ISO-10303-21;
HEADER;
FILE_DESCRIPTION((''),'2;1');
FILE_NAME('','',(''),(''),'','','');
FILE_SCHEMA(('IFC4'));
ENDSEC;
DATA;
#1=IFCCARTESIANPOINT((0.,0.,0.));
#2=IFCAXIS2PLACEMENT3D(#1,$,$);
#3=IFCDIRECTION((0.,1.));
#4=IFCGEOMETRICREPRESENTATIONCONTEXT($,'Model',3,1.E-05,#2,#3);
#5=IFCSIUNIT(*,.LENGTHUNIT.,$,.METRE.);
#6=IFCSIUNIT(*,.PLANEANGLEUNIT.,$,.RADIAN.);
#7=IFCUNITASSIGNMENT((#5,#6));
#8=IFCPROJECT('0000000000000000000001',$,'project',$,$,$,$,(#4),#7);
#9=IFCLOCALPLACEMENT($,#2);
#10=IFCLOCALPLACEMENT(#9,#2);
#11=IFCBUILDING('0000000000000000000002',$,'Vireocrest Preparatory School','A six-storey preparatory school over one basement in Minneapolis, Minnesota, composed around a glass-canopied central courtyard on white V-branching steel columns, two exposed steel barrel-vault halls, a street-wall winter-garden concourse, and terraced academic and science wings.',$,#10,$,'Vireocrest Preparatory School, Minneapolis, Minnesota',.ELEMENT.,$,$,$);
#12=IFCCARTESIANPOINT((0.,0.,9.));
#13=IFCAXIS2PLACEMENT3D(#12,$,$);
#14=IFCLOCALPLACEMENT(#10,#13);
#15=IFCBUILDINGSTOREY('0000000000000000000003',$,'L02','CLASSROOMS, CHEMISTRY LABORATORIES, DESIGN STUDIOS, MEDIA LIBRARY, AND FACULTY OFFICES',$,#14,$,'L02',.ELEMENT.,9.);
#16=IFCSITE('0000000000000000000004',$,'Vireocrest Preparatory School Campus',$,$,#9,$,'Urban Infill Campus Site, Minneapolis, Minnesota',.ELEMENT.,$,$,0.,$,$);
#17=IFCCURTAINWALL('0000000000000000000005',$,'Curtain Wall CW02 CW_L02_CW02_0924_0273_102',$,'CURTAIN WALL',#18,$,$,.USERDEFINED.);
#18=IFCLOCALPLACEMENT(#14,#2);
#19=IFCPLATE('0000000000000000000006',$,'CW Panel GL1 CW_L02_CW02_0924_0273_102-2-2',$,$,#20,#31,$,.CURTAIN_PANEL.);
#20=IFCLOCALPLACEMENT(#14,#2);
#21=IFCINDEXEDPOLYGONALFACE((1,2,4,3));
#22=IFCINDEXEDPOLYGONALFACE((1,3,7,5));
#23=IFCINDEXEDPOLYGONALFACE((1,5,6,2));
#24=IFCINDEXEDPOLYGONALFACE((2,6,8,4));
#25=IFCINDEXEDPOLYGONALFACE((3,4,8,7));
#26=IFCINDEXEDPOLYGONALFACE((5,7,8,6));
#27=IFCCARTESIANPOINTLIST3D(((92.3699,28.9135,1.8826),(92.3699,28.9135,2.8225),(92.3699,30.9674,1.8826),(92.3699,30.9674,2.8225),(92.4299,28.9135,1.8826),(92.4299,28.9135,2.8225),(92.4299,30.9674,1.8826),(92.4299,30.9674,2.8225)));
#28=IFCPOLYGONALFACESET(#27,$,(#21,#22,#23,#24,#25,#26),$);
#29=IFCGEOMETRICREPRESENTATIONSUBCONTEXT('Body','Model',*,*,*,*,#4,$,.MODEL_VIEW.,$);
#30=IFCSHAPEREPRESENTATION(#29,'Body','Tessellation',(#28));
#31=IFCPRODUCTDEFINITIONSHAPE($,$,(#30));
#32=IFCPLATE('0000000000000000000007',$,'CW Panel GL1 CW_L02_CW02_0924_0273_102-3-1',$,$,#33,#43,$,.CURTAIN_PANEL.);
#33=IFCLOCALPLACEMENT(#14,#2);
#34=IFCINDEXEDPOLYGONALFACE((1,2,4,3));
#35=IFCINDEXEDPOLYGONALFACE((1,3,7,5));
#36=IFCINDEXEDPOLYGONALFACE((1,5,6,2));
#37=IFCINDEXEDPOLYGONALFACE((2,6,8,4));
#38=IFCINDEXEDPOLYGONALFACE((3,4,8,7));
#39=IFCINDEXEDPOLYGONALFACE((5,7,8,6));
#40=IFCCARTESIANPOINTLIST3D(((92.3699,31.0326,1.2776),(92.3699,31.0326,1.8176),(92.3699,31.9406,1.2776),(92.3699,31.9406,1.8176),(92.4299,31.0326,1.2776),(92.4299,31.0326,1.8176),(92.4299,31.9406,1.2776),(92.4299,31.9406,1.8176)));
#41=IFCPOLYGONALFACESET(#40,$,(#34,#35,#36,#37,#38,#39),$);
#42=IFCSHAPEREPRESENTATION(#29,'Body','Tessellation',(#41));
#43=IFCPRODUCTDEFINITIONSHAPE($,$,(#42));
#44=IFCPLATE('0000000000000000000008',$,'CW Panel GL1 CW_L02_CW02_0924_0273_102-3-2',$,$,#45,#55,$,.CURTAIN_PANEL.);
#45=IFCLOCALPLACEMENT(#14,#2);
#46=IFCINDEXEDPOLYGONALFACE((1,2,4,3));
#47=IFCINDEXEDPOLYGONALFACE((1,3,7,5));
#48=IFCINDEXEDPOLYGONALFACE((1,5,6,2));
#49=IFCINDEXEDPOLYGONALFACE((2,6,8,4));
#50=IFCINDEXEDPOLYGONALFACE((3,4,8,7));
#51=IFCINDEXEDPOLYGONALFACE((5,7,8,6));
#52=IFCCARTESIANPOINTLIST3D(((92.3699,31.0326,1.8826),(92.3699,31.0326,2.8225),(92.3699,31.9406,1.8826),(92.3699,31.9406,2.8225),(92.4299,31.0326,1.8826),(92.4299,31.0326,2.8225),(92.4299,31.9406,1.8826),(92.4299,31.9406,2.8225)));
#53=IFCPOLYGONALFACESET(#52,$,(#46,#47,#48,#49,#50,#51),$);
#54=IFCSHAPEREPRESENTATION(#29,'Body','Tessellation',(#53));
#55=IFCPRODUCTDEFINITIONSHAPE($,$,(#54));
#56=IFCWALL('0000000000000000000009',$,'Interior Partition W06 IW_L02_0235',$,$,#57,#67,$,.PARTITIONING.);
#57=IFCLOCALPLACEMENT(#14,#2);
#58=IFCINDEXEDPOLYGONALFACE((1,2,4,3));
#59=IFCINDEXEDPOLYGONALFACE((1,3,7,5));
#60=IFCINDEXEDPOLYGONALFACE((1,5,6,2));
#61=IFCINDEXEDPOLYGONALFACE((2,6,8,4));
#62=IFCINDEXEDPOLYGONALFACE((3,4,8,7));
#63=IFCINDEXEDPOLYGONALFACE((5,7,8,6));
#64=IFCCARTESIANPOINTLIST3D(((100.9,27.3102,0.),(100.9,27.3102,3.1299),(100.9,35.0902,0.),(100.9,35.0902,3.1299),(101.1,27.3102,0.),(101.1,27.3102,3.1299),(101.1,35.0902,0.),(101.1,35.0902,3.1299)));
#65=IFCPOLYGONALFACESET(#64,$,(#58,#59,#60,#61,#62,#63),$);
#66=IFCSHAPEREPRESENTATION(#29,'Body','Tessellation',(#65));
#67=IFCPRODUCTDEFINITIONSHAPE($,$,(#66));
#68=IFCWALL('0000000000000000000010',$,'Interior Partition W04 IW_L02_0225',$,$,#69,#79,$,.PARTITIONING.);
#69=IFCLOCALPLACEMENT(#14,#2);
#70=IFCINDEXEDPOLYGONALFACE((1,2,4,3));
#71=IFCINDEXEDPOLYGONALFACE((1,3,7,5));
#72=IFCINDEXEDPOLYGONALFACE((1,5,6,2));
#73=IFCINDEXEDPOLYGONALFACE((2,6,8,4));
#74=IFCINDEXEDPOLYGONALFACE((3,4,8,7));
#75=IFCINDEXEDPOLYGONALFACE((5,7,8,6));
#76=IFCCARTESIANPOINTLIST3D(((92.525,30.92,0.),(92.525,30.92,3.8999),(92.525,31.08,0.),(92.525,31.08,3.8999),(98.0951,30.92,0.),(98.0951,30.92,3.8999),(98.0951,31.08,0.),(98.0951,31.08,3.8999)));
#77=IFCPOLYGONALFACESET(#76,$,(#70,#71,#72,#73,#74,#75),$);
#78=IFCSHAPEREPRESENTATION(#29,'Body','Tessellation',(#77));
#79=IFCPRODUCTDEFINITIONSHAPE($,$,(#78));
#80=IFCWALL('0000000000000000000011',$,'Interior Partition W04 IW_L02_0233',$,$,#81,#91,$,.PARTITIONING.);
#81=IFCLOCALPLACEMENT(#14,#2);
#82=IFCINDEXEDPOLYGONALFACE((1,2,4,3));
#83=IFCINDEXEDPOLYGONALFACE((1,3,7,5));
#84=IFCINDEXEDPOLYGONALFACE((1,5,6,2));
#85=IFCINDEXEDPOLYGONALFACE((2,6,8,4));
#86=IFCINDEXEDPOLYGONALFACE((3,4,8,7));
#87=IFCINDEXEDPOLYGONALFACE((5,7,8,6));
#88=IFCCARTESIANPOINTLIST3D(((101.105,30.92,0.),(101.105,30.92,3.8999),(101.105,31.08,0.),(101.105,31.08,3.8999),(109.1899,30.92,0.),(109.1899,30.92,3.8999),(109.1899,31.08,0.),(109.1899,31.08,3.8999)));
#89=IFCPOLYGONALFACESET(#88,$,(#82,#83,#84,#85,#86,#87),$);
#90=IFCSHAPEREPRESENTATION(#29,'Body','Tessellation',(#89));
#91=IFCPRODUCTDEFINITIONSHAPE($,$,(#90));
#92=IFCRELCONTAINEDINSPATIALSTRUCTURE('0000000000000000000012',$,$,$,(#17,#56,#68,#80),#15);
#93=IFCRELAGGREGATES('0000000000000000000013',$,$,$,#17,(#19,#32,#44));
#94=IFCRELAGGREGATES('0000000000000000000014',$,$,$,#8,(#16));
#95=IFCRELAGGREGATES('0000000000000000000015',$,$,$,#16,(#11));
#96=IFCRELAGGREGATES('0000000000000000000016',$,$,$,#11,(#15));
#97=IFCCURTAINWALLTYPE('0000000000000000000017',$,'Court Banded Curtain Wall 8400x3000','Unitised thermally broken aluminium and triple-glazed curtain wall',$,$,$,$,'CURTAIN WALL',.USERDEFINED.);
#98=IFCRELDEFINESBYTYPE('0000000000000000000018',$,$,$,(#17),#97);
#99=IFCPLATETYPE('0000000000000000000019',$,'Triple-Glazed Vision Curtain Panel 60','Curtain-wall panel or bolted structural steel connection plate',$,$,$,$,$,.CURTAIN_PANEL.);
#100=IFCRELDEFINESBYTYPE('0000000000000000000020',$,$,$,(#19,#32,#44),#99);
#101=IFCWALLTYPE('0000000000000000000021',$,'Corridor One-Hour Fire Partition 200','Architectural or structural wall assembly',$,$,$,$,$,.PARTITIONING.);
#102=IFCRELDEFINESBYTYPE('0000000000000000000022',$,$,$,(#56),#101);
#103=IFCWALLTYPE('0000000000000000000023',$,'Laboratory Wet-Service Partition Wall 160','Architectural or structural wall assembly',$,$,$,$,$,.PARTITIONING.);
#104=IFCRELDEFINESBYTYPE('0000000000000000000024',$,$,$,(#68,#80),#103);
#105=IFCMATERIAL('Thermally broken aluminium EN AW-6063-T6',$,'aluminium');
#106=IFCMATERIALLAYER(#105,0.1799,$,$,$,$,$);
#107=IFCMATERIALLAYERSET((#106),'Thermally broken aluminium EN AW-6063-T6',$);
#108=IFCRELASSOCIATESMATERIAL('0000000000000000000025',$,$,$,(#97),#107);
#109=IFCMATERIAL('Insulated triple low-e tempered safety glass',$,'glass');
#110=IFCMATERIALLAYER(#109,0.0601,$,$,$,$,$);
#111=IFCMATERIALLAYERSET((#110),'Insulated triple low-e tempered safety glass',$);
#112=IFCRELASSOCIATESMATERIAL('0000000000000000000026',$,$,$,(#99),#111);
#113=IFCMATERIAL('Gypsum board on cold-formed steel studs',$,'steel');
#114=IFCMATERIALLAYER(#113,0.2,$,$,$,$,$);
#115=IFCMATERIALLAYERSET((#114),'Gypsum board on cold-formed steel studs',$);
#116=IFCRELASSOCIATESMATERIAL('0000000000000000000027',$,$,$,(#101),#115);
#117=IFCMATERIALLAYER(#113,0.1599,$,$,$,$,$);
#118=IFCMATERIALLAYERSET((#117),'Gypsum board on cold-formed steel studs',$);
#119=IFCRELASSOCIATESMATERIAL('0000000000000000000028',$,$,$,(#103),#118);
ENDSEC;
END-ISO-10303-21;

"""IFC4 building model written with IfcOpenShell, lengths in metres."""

from ifc_helpers import new_model, si_unit, direction, frame, frame_2d, origin, origin_2d, place, context, subcontext, project, spatial, rectangle, extrude, material, layer, layer_set, type_object, element, aggregate, save


model = new_model("IFC4")

# Units and contexts
model_context = context("Model", 3, precision=1e-05, world=origin(), true_north=direction((0.0, 1.0)))
body_context = subcontext(model_context, "Body", "Model", "MODEL_VIEW")
ifc_project = project(units=[si_unit("LENGTHUNIT", "METRE"), si_unit("PLANEANGLEUNIT", "RADIAN")], contexts=[model_context])

# Site, building, storey
site_placement = place(None, origin())
site = spatial("IfcSite", under=ifc_project, at=site_placement, Name="Vireocrest Preparatory School Campus", LongName="Urban Infill Campus Site, Minneapolis, Minnesota", CompositionType="ELEMENT", RefElevation=0.0)
building_placement = place(site_placement, origin())
building = spatial("IfcBuilding", under=site, at=building_placement, Name="Vireocrest Preparatory School", Description="A six-storey preparatory school over one basement in Minneapolis, Minnesota, composed around a glass-canopied central courtyard on white V-branching steel columns, two exposed steel barrel-vault halls, a street-wall winter-garden concourse, and terraced academic and science wings.", LongName="Vireocrest Preparatory School, Minneapolis, Minnesota", CompositionType="ELEMENT")
storey_placement = place(building_placement, frame((0.0, 0.0, 9.0)))
storey = spatial("IfcBuildingStorey", under=building, at=storey_placement, Name="L02", Description="CLASSROOMS, CHEMISTRY LABORATORIES, DESIGN STUDIOS, MEDIA LIBRARY, AND FACULTY OFFICES", LongName="L02", CompositionType="ELEMENT", Elevation=9.0)

# Curtain wall
ifc_material_1 = material(Name="Thermally broken aluminium EN AW-6063-T6", Category="aluminium")
ifc_layer_1 = layer(ifc_material_1, 0.1799)
ifc_layer_set_1 = layer_set([ifc_layer_1], Name="Thermally broken aluminium EN AW-6063-T6")
curtain_wall_type = type_object("IfcCurtainWallType", Name="Court Banded Curtain Wall 8400x3000", Description="Unitised thermally broken aluminium and triple-glazed curtain wall", ElementType="CURTAIN WALL", PredefinedType="USERDEFINED", material=ifc_layer_set_1)
curtain_wall_placement = place(storey_placement, origin())
curtain_wall = element("IfcCurtainWall", 1, at=curtain_wall_placement, inside=storey, type_object=curtain_wall_type, Name="Curtain Wall CW02 CW_L02_CW02_0924_0273_102", ObjectType="CURTAIN WALL", PredefinedType="USERDEFINED")

# Plates
ifc_material_2 = material(Name="Insulated triple low-e tempered safety glass", Category="glass")
ifc_layer_2 = layer(ifc_material_2, 0.0601)
ifc_layer_set_2 = layer_set([ifc_layer_2], Name="Insulated triple low-e tempered safety glass")
plate_type = type_object("IfcPlateType", Name="Triple-Glazed Vision Curtain Panel 60", Description="Curtain-wall panel or bolted structural steel connection plate", PredefinedType="CURTAIN_PANEL", material=ifc_layer_set_2)
plate_1_placement = place(storey_placement, frame((92.3999, 29.9404, 1.8826), z_axis=(0.0, 0.0, 1.0), x_axis=(0.0, 1.0, 0.0)))
plate_1 = element("IfcPlate", 2, at=plate_1_placement, type_object=plate_type, Name="CW Panel GL1 CW_L02_CW02_0924_0273_102-2-2", PredefinedType="CURTAIN_PANEL", context=body_context, shape_type="SweptSolid", body=[
    extrude(rectangle(XDim=2.054, YDim=0.0601, at=origin_2d()), origin(), (0.0, 0.0, 1.0), 0.9399),
])
plate_2_placement = place(storey_placement, frame((92.3999, 31.4866, 1.2776), z_axis=(0.0, 0.0, 1.0), x_axis=(0.0, 1.0, 0.0)))
plate_2 = element("IfcPlate", 3, at=plate_2_placement, type_object=plate_type, Name="CW Panel GL1 CW_L02_CW02_0924_0273_102-3-1", PredefinedType="CURTAIN_PANEL", context=body_context, shape_type="SweptSolid", body=[
    extrude(rectangle(XDim=0.908, YDim=0.0601, at=origin_2d()), origin(), (0.0, 0.0, 1.0), 0.54),
])
plate_3_placement = place(storey_placement, frame((92.3999, 31.4866, 1.8826), z_axis=(0.0, 0.0, 1.0), x_axis=(0.0, 1.0, 0.0)))
plate_3 = element("IfcPlate", 4, at=plate_3_placement, type_object=plate_type, Name="CW Panel GL1 CW_L02_CW02_0924_0273_102-3-2", PredefinedType="CURTAIN_PANEL", context=body_context, shape_type="SweptSolid", body=[
    extrude(rectangle(XDim=0.908, YDim=0.0601, at=origin_2d()), origin(), (0.0, 0.0, 1.0), 0.9399),
])
aggregate(curtain_wall, [plate_1, plate_2, plate_3])

# Walls
ifc_material_3 = material(Name="Gypsum board on cold-formed steel studs", Category="steel")
ifc_layer_3 = layer(ifc_material_3, 0.2)
ifc_layer_set_3 = layer_set([ifc_layer_3], Name="Gypsum board on cold-formed steel studs")
wall_type_1 = type_object("IfcWallType", Name="Corridor One-Hour Fire Partition 200", Description="Architectural or structural wall assembly", PredefinedType="PARTITIONING", material=ifc_layer_set_3)
wall_1_placement = place(storey_placement, frame((101.0, 27.3101, 0.0), z_axis=(0.0, 0.0, 1.0), x_axis=(0.0, 1.0, 0.0)))
element("IfcWall", 5, at=wall_1_placement, inside=storey, type_object=wall_type_1, Name="Interior Partition W06 IW_L02_0235", PredefinedType="PARTITIONING", context=body_context, shape_type="SweptSolid", body=[
    extrude(rectangle(XDim=7.78, YDim=0.2, at=frame_2d((3.8901, 0.0))), origin(), (0.0, 0.0, 1.0), 3.1299),
])
ifc_layer_4 = layer(ifc_material_3, 0.1599)
ifc_layer_set_4 = layer_set([ifc_layer_4], Name="Gypsum board on cold-formed steel studs")
wall_type_2 = type_object("IfcWallType", Name="Laboratory Wet-Service Partition Wall 160", Description="Architectural or structural wall assembly", PredefinedType="PARTITIONING", material=ifc_layer_set_4)
wall_2_placement = place(storey_placement, frame((92.5249, 31.0, 0.0), z_axis=(0.0, 0.0, 1.0), x_axis=(1.0, 0.0, 0.0)))
element("IfcWall", 6, at=wall_2_placement, inside=storey, type_object=wall_type_2, Name="Interior Partition W04 IW_L02_0225", PredefinedType="PARTITIONING", context=body_context, shape_type="SweptSolid", body=[
    extrude(rectangle(XDim=5.5701, YDim=0.1599, at=frame_2d((2.7852, 0.0))), origin(), (0.0, 0.0, 1.0), 3.8999),
])
wall_3_placement = place(storey_placement, frame((101.105, 31.0, 0.0), z_axis=(0.0, 0.0, 1.0), x_axis=(1.0, 0.0, 0.0)))
element("IfcWall", 7, at=wall_3_placement, inside=storey, type_object=wall_type_2, Name="Interior Partition W04 IW_L02_0233", PredefinedType="PARTITIONING", context=body_context, shape_type="SweptSolid", body=[
    extrude(rectangle(XDim=8.085, YDim=0.1599, at=frame_2d((4.0425, 0.0))), origin(), (0.0, 0.0, 1.0), 3.8999),
])

save(model, "model.ifc")
